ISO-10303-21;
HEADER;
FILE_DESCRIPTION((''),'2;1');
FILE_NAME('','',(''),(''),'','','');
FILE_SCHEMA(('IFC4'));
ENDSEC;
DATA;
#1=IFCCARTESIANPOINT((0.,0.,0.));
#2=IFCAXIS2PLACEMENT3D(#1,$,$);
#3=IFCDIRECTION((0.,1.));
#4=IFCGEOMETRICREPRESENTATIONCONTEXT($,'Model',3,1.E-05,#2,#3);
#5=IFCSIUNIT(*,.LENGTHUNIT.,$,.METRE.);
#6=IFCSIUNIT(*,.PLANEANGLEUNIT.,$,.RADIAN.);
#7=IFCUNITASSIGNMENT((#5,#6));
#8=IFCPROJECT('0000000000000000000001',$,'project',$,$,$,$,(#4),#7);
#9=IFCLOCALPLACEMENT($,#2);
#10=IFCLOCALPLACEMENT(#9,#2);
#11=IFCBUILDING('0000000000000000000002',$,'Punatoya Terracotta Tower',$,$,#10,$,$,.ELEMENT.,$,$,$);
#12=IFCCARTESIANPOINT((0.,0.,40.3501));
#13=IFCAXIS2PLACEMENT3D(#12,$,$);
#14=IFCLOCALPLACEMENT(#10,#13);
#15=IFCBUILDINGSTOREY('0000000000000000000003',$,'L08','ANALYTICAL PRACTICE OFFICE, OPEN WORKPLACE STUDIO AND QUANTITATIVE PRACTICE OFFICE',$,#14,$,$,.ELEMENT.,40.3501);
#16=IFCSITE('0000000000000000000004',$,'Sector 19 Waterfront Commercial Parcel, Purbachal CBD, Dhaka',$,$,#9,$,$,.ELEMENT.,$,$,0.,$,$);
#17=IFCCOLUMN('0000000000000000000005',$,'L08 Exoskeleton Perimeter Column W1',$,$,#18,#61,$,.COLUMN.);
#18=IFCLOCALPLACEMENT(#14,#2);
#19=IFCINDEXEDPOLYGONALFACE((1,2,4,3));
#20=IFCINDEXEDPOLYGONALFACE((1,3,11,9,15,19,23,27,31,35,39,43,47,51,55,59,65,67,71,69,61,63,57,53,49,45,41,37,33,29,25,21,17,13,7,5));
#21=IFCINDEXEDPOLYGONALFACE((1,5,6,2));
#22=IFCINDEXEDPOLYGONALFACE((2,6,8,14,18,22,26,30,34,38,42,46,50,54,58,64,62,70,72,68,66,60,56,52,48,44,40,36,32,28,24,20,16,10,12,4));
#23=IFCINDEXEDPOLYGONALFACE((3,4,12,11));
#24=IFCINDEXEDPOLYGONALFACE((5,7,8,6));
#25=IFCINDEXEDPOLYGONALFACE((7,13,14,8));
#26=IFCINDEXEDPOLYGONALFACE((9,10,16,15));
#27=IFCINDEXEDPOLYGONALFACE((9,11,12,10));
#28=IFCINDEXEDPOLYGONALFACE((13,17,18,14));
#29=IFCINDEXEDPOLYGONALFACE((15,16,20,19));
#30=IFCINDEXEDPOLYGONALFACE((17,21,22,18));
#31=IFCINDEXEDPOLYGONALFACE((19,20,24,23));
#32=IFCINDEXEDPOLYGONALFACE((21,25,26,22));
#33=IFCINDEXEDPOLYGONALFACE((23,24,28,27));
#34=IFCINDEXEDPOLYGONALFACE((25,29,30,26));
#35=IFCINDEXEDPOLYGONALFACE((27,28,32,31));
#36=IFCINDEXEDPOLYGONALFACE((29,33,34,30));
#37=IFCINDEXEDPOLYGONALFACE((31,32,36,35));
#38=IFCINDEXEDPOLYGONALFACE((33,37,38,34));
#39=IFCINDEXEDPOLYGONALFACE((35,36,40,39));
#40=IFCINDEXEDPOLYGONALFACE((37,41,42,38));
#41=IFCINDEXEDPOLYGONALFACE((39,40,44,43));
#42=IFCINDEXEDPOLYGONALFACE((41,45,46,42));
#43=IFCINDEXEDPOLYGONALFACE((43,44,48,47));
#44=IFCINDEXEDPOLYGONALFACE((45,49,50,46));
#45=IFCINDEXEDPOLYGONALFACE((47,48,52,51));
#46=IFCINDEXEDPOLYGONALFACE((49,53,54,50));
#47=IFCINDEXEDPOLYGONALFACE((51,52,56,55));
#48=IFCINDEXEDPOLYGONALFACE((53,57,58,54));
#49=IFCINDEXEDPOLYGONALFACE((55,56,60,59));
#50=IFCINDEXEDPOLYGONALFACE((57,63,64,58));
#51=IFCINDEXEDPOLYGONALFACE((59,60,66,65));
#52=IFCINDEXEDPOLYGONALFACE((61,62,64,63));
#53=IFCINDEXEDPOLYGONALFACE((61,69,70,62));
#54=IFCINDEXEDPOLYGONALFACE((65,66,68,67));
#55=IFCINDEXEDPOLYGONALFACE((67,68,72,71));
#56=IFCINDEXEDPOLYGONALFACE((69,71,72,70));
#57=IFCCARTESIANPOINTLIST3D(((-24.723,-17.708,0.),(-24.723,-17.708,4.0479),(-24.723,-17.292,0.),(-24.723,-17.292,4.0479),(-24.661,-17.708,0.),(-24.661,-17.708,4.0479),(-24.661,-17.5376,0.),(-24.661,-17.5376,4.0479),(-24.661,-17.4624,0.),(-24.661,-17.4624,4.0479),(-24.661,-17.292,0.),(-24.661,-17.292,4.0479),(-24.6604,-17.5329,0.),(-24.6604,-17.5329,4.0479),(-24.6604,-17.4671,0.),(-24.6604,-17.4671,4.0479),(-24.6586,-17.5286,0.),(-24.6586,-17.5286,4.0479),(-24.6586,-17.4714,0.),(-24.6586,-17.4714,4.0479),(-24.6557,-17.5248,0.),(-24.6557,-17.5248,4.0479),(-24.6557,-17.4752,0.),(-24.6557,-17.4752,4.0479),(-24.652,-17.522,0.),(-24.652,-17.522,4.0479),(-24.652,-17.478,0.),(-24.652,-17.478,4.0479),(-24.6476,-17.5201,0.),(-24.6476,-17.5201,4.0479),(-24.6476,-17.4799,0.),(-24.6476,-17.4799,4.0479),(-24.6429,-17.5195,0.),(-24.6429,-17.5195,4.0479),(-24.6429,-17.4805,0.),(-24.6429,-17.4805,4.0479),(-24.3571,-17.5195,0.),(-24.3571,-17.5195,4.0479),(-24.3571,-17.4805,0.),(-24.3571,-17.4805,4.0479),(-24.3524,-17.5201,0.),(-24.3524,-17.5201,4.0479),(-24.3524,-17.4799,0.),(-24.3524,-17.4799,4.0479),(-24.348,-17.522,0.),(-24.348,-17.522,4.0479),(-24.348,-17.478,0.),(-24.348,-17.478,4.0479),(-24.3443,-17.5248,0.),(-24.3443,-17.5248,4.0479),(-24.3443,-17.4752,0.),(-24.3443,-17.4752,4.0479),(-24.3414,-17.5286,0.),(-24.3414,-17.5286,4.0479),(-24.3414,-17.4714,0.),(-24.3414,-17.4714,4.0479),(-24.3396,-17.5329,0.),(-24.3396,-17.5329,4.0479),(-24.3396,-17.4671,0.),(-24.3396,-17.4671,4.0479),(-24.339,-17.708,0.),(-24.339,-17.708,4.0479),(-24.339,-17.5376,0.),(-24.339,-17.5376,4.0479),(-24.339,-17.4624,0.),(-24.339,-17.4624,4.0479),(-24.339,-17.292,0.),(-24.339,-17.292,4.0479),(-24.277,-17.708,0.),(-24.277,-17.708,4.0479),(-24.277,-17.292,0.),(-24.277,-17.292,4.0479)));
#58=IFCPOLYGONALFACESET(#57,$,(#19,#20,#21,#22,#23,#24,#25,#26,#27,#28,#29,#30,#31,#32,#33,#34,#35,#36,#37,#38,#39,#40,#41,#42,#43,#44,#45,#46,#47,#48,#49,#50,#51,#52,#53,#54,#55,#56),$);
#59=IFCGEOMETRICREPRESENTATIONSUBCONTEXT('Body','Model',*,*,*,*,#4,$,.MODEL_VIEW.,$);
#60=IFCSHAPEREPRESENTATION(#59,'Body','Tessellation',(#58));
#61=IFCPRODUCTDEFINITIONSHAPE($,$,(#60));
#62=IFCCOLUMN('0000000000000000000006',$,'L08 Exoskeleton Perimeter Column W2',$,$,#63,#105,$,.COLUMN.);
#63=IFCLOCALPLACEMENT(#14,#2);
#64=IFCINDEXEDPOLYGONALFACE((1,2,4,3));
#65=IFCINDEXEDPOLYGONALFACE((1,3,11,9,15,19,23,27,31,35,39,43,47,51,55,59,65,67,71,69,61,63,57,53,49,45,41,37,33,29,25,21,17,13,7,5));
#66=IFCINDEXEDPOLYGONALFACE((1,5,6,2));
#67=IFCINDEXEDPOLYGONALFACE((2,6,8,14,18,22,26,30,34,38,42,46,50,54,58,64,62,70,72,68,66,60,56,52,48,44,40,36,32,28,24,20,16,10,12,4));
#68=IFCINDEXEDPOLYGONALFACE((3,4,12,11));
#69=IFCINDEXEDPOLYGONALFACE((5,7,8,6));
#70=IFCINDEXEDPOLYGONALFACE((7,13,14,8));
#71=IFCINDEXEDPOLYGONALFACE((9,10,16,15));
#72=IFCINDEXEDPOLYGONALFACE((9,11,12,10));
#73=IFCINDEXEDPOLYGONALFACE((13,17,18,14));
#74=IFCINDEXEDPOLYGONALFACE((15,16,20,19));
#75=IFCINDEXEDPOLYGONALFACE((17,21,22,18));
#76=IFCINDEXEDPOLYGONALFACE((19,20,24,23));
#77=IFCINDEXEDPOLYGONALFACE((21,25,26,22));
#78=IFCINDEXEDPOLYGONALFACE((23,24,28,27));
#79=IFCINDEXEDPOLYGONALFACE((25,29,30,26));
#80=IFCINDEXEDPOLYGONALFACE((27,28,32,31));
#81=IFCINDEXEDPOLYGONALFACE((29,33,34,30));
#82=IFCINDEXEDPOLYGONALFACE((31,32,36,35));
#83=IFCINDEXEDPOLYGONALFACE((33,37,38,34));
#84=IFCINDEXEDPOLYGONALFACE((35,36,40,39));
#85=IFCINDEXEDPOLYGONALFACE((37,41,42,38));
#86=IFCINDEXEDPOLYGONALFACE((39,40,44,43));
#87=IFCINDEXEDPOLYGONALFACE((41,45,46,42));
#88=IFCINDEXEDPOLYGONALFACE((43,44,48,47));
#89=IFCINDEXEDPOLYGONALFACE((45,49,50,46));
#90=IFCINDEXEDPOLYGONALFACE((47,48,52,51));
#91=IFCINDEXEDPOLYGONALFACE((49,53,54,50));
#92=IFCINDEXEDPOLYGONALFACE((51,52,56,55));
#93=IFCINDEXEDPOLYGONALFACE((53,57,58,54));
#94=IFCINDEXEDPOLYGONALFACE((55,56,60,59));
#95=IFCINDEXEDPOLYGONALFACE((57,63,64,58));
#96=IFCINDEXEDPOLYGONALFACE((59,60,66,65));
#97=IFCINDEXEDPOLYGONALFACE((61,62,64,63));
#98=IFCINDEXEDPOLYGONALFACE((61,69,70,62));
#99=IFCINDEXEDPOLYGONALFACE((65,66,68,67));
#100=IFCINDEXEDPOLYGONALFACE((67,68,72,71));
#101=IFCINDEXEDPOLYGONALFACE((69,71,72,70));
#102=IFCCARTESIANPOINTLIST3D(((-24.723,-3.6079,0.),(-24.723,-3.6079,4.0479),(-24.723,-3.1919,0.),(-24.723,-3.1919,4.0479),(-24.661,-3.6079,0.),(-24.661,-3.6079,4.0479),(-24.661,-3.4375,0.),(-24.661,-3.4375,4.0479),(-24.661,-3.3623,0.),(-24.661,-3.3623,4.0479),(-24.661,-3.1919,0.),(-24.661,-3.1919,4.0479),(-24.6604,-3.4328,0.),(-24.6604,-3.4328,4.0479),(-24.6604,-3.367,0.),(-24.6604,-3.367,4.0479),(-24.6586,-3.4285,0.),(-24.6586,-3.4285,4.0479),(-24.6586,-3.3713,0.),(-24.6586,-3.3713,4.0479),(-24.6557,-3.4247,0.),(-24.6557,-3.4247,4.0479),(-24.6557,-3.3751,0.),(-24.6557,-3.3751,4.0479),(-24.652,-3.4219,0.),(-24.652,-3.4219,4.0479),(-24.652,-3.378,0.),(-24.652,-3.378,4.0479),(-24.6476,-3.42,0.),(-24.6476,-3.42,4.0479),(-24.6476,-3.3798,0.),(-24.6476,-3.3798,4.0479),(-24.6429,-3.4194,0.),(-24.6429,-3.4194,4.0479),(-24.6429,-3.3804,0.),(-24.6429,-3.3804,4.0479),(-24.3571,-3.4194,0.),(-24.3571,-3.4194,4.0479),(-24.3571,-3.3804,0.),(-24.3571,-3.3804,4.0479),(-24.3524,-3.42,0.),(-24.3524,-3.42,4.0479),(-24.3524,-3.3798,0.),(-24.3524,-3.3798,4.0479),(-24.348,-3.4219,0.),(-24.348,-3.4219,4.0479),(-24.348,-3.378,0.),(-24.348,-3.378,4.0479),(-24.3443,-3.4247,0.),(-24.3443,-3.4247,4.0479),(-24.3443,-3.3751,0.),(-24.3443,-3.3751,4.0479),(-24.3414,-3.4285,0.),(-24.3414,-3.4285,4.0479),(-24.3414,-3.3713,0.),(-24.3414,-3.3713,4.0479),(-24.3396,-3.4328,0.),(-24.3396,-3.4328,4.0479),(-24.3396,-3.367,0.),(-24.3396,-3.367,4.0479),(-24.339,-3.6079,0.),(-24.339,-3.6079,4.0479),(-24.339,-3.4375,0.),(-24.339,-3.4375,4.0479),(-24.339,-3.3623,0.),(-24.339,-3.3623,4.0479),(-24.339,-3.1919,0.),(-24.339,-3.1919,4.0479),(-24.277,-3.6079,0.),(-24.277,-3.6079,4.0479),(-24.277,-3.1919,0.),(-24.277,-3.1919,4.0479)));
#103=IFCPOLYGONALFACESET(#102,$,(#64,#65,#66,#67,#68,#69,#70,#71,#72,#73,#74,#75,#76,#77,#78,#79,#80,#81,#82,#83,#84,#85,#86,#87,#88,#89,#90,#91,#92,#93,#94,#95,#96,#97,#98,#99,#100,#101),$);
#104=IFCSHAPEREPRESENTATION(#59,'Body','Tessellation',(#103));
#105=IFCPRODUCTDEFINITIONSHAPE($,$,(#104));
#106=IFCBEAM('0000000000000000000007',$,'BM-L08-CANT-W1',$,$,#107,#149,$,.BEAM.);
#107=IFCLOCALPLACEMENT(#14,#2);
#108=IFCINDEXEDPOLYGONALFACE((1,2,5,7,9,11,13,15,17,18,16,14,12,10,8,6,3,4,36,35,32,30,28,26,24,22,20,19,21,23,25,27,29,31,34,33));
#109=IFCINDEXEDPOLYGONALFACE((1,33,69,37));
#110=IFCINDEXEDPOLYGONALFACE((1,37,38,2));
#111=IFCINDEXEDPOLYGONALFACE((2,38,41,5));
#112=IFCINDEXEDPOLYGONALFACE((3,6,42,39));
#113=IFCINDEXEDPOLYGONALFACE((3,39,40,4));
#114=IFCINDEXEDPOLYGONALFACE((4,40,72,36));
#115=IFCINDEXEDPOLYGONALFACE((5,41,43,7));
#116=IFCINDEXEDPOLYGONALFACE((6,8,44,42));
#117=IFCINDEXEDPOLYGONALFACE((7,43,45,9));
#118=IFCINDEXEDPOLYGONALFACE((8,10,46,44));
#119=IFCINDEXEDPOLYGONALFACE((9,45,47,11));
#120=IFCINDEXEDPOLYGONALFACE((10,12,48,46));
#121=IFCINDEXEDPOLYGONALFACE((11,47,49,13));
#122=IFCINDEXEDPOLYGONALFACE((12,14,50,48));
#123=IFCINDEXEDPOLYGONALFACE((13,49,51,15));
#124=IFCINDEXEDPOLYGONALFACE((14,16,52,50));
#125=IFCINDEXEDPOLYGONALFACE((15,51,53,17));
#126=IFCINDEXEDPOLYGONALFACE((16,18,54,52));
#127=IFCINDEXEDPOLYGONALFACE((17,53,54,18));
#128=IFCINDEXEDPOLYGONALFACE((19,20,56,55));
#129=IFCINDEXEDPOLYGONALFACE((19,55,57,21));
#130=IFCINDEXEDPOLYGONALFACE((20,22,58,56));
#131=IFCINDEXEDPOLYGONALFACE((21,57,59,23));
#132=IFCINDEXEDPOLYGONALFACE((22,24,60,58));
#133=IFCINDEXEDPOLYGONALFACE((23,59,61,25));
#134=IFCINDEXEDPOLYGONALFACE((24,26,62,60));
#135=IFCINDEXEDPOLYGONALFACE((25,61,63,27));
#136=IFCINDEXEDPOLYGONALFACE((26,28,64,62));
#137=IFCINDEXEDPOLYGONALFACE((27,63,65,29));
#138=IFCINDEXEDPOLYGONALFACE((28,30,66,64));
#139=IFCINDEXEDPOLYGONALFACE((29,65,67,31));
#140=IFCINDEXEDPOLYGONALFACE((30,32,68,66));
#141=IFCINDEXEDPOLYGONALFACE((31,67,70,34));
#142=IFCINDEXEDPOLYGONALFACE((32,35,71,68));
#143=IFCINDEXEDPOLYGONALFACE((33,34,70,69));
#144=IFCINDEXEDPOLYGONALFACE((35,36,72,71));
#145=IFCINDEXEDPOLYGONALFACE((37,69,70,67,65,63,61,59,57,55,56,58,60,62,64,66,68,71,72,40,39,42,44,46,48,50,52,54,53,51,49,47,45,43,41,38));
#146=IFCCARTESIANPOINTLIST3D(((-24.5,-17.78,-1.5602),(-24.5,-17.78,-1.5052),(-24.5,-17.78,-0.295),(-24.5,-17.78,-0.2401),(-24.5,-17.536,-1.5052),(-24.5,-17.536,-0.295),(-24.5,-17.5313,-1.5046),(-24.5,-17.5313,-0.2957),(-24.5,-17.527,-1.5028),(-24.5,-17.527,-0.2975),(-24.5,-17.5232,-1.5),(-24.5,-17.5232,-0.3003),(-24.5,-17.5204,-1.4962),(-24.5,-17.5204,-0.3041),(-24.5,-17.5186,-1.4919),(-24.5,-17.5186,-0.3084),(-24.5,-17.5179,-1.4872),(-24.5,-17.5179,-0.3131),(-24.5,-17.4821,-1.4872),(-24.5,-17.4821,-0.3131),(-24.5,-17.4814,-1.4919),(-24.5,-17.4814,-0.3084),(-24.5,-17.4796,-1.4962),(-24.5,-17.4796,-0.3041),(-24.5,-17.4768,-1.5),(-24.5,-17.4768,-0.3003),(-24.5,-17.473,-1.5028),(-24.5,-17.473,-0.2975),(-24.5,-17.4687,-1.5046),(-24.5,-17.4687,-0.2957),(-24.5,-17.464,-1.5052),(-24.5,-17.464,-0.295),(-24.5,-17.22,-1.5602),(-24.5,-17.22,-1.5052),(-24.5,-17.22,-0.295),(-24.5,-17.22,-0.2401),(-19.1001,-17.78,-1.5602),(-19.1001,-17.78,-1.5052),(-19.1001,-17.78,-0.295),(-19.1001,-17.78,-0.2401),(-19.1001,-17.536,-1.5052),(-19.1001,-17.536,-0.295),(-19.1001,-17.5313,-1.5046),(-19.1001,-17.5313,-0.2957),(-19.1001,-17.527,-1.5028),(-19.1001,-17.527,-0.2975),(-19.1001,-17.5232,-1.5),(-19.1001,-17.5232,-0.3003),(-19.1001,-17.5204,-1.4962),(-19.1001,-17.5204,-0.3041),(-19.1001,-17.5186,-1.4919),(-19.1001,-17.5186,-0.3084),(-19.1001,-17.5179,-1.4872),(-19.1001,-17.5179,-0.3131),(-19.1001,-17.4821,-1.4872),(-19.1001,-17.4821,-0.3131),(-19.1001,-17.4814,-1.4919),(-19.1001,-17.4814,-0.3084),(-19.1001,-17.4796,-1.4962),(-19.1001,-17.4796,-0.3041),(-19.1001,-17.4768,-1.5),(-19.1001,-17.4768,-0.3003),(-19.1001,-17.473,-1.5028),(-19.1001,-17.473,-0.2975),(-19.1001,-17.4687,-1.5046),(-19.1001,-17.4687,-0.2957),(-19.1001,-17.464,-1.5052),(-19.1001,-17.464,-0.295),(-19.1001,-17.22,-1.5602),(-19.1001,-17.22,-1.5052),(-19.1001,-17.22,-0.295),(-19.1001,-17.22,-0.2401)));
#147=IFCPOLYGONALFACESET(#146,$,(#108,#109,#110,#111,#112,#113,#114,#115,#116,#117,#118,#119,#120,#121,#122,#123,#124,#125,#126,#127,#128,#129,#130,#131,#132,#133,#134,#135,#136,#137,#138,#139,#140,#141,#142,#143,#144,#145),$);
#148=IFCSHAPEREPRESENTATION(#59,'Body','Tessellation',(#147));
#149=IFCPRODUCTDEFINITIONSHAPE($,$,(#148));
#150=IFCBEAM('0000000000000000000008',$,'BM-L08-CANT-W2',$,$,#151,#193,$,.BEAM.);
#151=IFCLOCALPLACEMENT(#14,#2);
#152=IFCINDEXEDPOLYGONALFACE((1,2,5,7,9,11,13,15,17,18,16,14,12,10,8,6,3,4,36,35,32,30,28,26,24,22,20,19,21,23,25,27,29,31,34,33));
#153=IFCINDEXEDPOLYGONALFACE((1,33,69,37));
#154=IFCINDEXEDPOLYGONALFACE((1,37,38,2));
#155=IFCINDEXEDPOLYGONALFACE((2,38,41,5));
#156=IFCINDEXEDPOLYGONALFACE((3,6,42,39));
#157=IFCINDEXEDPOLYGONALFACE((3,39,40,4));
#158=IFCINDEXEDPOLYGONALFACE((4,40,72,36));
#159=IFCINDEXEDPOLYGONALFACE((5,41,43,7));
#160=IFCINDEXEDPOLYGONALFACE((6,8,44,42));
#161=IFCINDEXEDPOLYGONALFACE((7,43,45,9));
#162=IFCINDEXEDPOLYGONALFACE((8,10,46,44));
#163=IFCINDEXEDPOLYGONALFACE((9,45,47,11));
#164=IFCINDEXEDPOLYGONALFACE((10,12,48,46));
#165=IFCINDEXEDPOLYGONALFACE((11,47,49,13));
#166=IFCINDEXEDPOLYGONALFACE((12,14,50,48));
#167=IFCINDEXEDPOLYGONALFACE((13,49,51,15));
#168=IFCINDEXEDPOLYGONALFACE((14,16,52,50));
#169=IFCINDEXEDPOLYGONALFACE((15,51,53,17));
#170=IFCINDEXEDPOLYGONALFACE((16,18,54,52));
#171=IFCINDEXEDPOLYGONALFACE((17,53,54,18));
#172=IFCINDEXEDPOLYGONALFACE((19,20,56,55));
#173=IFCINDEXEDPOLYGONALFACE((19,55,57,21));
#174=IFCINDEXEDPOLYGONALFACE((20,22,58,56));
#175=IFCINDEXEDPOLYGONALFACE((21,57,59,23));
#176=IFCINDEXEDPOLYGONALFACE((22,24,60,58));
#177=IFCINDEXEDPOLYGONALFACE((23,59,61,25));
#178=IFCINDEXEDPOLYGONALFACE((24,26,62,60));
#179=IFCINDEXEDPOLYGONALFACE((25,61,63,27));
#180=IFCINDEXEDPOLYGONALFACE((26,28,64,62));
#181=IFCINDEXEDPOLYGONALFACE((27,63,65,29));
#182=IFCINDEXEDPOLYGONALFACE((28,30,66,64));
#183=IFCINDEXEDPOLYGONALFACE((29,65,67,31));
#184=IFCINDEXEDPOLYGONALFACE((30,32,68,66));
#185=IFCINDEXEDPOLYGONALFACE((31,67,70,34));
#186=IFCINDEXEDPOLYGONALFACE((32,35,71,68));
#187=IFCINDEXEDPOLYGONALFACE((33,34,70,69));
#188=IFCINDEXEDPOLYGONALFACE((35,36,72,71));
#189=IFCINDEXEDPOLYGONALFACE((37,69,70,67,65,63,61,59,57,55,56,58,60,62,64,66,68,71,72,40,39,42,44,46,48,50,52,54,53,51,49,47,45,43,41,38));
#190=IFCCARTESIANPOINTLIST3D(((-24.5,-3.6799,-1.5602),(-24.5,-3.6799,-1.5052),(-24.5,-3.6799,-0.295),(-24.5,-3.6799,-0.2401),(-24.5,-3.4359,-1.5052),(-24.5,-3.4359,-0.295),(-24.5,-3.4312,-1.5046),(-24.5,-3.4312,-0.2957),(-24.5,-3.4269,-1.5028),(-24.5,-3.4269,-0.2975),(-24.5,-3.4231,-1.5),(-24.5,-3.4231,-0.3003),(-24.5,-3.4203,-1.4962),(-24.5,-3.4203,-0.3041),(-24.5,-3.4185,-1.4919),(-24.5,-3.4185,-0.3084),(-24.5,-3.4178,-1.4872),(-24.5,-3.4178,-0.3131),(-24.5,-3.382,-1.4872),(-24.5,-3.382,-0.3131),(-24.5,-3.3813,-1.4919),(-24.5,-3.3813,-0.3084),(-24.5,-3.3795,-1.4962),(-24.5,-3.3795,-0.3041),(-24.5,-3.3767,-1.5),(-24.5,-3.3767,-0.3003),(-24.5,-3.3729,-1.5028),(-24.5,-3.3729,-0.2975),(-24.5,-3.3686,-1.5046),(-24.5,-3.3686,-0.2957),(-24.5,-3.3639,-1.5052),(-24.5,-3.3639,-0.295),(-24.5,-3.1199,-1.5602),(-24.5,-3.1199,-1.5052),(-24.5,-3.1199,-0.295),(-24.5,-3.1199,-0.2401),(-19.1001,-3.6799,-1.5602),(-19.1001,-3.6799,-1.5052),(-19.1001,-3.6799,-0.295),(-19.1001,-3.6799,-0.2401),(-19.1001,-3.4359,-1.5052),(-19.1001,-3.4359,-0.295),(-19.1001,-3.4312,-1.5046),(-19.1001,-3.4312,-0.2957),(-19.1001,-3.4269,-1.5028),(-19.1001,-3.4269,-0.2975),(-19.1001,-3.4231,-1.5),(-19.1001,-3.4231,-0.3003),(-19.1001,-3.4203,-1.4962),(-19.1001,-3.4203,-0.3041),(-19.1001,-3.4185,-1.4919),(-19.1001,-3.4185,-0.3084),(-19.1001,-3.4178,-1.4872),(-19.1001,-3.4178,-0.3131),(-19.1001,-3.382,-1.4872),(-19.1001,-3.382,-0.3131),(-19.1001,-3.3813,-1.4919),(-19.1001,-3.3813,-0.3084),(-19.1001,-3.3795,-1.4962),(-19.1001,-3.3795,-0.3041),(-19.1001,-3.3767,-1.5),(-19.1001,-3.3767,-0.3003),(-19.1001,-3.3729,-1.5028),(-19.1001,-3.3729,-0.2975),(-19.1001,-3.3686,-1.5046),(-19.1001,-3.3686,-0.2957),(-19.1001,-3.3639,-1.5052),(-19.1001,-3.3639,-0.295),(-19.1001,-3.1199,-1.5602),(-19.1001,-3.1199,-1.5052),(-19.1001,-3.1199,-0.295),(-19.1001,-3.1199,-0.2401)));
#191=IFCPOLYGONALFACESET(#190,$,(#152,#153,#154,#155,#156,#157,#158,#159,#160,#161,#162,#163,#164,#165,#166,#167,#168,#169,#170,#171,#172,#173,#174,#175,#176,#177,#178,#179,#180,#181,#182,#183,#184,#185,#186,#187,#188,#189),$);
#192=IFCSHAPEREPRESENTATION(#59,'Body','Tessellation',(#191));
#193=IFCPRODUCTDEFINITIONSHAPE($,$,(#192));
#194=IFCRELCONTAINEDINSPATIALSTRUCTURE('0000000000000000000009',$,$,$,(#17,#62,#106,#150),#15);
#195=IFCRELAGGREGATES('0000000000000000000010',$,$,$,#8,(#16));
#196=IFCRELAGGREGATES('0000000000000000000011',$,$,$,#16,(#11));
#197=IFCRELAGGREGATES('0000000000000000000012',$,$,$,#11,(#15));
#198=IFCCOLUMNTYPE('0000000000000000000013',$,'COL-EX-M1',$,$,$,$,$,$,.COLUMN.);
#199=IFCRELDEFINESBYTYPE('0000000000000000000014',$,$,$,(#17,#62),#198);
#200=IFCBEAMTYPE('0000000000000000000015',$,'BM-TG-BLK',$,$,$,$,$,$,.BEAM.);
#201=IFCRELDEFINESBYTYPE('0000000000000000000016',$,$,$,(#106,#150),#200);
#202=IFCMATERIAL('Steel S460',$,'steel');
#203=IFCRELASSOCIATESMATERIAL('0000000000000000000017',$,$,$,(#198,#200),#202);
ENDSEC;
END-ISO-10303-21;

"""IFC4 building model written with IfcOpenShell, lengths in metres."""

from ifc_helpers import new_model, si_unit, direction, frame, origin, origin_2d, place, context, subcontext, project, spatial, i_section, extrude, material, material_profile, profile_set, type_object, element, save


model = new_model("IFC4")

# Units and contexts
model_context = context("Model", 3, precision=1e-05, world=origin(), true_north=direction((0.0, 1.0)))
body_context = subcontext(model_context, "Body", "Model", "MODEL_VIEW")
ifc_project = project(units=[si_unit("LENGTHUNIT", "METRE"), si_unit("PLANEANGLEUNIT", "RADIAN")], contexts=[model_context])

# Site, building, storey
site_placement = place(None, origin())
site = spatial("IfcSite", under=ifc_project, at=site_placement, Name="Sector 19 Waterfront Commercial Parcel, Purbachal CBD, Dhaka", CompositionType="ELEMENT", RefElevation=0.0)
building_placement = place(site_placement, origin())
building = spatial("IfcBuilding", under=site, at=building_placement, Name="Punatoya Terracotta Tower", CompositionType="ELEMENT")
storey_placement = place(building_placement, frame((0.0, 0.0, 40.3501)))
storey = spatial("IfcBuildingStorey", under=building, at=storey_placement, Name="L08", Description="ANALYTICAL PRACTICE OFFICE, OPEN WORKPLACE STUDIO AND QUANTITATIVE PRACTICE OFFICE", CompositionType="ELEMENT", Elevation=40.3501)

# Columns
ifc_material_1 = material(Name="Steel S460", Category="steel")
ifc_material_profile_1 = material_profile(ifc_material_1, i_section(OverallWidth=0.416, OverallDepth=0.446, WebThickness=0.0391, FlangeThickness=0.062, FilletRadius=0.0181, at=origin_2d()))
ifc_profile_set_1 = profile_set([ifc_material_profile_1], Name="Steel S460")
column_type = type_object("IfcColumnType", Name="COL-EX-M1", PredefinedType="COLUMN", material=ifc_profile_set_1)
for number, where, z_axis, x_axis, name in (
    (1, (-24.5, -17.5, 0.0), (0.0, 0.0, 1.0), (0.0, 1.0, 0.0), "L08 Exoskeleton Perimeter Column W1"),
    (2, (-24.5, -3.3999, 0.0), (0.0, 0.0, 1.0), (0.0, 1.0, 0.0), "L08 Exoskeleton Perimeter Column W2"),
):
    element("IfcColumn", number, at=place(storey_placement, frame(where, z_axis=z_axis, x_axis=x_axis)), inside=storey, type_object=column_type, Name=name, PredefinedType="COLUMN", context=body_context, shape_type="SweptSolid", body=[
        extrude(i_section(OverallWidth=0.416, OverallDepth=0.446, WebThickness=0.0391, FlangeThickness=0.062, FilletRadius=0.0181, at=origin_2d()), origin(), (0.0, 0.0, 1.0), 4.0479),
    ])

# Beams
ifc_material_profile_2 = material_profile(ifc_material_1, i_section(OverallWidth=0.5601, OverallDepth=1.3201, WebThickness=0.0359, FlangeThickness=0.0549, FilletRadius=0.0181, at=origin_2d()))
ifc_profile_set_2 = profile_set([ifc_material_profile_2], Name="Steel S460")
beam_type_1 = type_object("IfcBeamType", Name="BM-TG-BLK", PredefinedType="BEAM", material=ifc_profile_set_2)
for number, where, z_axis, x_axis, name in (
    (3, (-24.5, -17.5, -0.9001), (1.0, 0.0, 0.0), (0.0, 1.0, 0.0), "BM-L08-CANT-W1"),
    (4, (-24.5, -3.3999, -0.9001), (1.0, 0.0, 0.0), (0.0, 1.0, 0.0), "BM-L08-CANT-W2"),
):
    element("IfcBeam", number, at=place(storey_placement, frame(where, z_axis=z_axis, x_axis=x_axis)), inside=storey, type_object=beam_type_1, Name=name, PredefinedType="BEAM", context=body_context, shape_type="SweptSolid", body=[
        extrude(i_section(OverallWidth=0.5601, OverallDepth=1.3201, WebThickness=0.0359, FlangeThickness=0.0549, FilletRadius=0.0181, at=origin_2d()), origin(), (0.0, 0.0, 1.0), 5.3999),
    ])

save(model, "model.ifc")
